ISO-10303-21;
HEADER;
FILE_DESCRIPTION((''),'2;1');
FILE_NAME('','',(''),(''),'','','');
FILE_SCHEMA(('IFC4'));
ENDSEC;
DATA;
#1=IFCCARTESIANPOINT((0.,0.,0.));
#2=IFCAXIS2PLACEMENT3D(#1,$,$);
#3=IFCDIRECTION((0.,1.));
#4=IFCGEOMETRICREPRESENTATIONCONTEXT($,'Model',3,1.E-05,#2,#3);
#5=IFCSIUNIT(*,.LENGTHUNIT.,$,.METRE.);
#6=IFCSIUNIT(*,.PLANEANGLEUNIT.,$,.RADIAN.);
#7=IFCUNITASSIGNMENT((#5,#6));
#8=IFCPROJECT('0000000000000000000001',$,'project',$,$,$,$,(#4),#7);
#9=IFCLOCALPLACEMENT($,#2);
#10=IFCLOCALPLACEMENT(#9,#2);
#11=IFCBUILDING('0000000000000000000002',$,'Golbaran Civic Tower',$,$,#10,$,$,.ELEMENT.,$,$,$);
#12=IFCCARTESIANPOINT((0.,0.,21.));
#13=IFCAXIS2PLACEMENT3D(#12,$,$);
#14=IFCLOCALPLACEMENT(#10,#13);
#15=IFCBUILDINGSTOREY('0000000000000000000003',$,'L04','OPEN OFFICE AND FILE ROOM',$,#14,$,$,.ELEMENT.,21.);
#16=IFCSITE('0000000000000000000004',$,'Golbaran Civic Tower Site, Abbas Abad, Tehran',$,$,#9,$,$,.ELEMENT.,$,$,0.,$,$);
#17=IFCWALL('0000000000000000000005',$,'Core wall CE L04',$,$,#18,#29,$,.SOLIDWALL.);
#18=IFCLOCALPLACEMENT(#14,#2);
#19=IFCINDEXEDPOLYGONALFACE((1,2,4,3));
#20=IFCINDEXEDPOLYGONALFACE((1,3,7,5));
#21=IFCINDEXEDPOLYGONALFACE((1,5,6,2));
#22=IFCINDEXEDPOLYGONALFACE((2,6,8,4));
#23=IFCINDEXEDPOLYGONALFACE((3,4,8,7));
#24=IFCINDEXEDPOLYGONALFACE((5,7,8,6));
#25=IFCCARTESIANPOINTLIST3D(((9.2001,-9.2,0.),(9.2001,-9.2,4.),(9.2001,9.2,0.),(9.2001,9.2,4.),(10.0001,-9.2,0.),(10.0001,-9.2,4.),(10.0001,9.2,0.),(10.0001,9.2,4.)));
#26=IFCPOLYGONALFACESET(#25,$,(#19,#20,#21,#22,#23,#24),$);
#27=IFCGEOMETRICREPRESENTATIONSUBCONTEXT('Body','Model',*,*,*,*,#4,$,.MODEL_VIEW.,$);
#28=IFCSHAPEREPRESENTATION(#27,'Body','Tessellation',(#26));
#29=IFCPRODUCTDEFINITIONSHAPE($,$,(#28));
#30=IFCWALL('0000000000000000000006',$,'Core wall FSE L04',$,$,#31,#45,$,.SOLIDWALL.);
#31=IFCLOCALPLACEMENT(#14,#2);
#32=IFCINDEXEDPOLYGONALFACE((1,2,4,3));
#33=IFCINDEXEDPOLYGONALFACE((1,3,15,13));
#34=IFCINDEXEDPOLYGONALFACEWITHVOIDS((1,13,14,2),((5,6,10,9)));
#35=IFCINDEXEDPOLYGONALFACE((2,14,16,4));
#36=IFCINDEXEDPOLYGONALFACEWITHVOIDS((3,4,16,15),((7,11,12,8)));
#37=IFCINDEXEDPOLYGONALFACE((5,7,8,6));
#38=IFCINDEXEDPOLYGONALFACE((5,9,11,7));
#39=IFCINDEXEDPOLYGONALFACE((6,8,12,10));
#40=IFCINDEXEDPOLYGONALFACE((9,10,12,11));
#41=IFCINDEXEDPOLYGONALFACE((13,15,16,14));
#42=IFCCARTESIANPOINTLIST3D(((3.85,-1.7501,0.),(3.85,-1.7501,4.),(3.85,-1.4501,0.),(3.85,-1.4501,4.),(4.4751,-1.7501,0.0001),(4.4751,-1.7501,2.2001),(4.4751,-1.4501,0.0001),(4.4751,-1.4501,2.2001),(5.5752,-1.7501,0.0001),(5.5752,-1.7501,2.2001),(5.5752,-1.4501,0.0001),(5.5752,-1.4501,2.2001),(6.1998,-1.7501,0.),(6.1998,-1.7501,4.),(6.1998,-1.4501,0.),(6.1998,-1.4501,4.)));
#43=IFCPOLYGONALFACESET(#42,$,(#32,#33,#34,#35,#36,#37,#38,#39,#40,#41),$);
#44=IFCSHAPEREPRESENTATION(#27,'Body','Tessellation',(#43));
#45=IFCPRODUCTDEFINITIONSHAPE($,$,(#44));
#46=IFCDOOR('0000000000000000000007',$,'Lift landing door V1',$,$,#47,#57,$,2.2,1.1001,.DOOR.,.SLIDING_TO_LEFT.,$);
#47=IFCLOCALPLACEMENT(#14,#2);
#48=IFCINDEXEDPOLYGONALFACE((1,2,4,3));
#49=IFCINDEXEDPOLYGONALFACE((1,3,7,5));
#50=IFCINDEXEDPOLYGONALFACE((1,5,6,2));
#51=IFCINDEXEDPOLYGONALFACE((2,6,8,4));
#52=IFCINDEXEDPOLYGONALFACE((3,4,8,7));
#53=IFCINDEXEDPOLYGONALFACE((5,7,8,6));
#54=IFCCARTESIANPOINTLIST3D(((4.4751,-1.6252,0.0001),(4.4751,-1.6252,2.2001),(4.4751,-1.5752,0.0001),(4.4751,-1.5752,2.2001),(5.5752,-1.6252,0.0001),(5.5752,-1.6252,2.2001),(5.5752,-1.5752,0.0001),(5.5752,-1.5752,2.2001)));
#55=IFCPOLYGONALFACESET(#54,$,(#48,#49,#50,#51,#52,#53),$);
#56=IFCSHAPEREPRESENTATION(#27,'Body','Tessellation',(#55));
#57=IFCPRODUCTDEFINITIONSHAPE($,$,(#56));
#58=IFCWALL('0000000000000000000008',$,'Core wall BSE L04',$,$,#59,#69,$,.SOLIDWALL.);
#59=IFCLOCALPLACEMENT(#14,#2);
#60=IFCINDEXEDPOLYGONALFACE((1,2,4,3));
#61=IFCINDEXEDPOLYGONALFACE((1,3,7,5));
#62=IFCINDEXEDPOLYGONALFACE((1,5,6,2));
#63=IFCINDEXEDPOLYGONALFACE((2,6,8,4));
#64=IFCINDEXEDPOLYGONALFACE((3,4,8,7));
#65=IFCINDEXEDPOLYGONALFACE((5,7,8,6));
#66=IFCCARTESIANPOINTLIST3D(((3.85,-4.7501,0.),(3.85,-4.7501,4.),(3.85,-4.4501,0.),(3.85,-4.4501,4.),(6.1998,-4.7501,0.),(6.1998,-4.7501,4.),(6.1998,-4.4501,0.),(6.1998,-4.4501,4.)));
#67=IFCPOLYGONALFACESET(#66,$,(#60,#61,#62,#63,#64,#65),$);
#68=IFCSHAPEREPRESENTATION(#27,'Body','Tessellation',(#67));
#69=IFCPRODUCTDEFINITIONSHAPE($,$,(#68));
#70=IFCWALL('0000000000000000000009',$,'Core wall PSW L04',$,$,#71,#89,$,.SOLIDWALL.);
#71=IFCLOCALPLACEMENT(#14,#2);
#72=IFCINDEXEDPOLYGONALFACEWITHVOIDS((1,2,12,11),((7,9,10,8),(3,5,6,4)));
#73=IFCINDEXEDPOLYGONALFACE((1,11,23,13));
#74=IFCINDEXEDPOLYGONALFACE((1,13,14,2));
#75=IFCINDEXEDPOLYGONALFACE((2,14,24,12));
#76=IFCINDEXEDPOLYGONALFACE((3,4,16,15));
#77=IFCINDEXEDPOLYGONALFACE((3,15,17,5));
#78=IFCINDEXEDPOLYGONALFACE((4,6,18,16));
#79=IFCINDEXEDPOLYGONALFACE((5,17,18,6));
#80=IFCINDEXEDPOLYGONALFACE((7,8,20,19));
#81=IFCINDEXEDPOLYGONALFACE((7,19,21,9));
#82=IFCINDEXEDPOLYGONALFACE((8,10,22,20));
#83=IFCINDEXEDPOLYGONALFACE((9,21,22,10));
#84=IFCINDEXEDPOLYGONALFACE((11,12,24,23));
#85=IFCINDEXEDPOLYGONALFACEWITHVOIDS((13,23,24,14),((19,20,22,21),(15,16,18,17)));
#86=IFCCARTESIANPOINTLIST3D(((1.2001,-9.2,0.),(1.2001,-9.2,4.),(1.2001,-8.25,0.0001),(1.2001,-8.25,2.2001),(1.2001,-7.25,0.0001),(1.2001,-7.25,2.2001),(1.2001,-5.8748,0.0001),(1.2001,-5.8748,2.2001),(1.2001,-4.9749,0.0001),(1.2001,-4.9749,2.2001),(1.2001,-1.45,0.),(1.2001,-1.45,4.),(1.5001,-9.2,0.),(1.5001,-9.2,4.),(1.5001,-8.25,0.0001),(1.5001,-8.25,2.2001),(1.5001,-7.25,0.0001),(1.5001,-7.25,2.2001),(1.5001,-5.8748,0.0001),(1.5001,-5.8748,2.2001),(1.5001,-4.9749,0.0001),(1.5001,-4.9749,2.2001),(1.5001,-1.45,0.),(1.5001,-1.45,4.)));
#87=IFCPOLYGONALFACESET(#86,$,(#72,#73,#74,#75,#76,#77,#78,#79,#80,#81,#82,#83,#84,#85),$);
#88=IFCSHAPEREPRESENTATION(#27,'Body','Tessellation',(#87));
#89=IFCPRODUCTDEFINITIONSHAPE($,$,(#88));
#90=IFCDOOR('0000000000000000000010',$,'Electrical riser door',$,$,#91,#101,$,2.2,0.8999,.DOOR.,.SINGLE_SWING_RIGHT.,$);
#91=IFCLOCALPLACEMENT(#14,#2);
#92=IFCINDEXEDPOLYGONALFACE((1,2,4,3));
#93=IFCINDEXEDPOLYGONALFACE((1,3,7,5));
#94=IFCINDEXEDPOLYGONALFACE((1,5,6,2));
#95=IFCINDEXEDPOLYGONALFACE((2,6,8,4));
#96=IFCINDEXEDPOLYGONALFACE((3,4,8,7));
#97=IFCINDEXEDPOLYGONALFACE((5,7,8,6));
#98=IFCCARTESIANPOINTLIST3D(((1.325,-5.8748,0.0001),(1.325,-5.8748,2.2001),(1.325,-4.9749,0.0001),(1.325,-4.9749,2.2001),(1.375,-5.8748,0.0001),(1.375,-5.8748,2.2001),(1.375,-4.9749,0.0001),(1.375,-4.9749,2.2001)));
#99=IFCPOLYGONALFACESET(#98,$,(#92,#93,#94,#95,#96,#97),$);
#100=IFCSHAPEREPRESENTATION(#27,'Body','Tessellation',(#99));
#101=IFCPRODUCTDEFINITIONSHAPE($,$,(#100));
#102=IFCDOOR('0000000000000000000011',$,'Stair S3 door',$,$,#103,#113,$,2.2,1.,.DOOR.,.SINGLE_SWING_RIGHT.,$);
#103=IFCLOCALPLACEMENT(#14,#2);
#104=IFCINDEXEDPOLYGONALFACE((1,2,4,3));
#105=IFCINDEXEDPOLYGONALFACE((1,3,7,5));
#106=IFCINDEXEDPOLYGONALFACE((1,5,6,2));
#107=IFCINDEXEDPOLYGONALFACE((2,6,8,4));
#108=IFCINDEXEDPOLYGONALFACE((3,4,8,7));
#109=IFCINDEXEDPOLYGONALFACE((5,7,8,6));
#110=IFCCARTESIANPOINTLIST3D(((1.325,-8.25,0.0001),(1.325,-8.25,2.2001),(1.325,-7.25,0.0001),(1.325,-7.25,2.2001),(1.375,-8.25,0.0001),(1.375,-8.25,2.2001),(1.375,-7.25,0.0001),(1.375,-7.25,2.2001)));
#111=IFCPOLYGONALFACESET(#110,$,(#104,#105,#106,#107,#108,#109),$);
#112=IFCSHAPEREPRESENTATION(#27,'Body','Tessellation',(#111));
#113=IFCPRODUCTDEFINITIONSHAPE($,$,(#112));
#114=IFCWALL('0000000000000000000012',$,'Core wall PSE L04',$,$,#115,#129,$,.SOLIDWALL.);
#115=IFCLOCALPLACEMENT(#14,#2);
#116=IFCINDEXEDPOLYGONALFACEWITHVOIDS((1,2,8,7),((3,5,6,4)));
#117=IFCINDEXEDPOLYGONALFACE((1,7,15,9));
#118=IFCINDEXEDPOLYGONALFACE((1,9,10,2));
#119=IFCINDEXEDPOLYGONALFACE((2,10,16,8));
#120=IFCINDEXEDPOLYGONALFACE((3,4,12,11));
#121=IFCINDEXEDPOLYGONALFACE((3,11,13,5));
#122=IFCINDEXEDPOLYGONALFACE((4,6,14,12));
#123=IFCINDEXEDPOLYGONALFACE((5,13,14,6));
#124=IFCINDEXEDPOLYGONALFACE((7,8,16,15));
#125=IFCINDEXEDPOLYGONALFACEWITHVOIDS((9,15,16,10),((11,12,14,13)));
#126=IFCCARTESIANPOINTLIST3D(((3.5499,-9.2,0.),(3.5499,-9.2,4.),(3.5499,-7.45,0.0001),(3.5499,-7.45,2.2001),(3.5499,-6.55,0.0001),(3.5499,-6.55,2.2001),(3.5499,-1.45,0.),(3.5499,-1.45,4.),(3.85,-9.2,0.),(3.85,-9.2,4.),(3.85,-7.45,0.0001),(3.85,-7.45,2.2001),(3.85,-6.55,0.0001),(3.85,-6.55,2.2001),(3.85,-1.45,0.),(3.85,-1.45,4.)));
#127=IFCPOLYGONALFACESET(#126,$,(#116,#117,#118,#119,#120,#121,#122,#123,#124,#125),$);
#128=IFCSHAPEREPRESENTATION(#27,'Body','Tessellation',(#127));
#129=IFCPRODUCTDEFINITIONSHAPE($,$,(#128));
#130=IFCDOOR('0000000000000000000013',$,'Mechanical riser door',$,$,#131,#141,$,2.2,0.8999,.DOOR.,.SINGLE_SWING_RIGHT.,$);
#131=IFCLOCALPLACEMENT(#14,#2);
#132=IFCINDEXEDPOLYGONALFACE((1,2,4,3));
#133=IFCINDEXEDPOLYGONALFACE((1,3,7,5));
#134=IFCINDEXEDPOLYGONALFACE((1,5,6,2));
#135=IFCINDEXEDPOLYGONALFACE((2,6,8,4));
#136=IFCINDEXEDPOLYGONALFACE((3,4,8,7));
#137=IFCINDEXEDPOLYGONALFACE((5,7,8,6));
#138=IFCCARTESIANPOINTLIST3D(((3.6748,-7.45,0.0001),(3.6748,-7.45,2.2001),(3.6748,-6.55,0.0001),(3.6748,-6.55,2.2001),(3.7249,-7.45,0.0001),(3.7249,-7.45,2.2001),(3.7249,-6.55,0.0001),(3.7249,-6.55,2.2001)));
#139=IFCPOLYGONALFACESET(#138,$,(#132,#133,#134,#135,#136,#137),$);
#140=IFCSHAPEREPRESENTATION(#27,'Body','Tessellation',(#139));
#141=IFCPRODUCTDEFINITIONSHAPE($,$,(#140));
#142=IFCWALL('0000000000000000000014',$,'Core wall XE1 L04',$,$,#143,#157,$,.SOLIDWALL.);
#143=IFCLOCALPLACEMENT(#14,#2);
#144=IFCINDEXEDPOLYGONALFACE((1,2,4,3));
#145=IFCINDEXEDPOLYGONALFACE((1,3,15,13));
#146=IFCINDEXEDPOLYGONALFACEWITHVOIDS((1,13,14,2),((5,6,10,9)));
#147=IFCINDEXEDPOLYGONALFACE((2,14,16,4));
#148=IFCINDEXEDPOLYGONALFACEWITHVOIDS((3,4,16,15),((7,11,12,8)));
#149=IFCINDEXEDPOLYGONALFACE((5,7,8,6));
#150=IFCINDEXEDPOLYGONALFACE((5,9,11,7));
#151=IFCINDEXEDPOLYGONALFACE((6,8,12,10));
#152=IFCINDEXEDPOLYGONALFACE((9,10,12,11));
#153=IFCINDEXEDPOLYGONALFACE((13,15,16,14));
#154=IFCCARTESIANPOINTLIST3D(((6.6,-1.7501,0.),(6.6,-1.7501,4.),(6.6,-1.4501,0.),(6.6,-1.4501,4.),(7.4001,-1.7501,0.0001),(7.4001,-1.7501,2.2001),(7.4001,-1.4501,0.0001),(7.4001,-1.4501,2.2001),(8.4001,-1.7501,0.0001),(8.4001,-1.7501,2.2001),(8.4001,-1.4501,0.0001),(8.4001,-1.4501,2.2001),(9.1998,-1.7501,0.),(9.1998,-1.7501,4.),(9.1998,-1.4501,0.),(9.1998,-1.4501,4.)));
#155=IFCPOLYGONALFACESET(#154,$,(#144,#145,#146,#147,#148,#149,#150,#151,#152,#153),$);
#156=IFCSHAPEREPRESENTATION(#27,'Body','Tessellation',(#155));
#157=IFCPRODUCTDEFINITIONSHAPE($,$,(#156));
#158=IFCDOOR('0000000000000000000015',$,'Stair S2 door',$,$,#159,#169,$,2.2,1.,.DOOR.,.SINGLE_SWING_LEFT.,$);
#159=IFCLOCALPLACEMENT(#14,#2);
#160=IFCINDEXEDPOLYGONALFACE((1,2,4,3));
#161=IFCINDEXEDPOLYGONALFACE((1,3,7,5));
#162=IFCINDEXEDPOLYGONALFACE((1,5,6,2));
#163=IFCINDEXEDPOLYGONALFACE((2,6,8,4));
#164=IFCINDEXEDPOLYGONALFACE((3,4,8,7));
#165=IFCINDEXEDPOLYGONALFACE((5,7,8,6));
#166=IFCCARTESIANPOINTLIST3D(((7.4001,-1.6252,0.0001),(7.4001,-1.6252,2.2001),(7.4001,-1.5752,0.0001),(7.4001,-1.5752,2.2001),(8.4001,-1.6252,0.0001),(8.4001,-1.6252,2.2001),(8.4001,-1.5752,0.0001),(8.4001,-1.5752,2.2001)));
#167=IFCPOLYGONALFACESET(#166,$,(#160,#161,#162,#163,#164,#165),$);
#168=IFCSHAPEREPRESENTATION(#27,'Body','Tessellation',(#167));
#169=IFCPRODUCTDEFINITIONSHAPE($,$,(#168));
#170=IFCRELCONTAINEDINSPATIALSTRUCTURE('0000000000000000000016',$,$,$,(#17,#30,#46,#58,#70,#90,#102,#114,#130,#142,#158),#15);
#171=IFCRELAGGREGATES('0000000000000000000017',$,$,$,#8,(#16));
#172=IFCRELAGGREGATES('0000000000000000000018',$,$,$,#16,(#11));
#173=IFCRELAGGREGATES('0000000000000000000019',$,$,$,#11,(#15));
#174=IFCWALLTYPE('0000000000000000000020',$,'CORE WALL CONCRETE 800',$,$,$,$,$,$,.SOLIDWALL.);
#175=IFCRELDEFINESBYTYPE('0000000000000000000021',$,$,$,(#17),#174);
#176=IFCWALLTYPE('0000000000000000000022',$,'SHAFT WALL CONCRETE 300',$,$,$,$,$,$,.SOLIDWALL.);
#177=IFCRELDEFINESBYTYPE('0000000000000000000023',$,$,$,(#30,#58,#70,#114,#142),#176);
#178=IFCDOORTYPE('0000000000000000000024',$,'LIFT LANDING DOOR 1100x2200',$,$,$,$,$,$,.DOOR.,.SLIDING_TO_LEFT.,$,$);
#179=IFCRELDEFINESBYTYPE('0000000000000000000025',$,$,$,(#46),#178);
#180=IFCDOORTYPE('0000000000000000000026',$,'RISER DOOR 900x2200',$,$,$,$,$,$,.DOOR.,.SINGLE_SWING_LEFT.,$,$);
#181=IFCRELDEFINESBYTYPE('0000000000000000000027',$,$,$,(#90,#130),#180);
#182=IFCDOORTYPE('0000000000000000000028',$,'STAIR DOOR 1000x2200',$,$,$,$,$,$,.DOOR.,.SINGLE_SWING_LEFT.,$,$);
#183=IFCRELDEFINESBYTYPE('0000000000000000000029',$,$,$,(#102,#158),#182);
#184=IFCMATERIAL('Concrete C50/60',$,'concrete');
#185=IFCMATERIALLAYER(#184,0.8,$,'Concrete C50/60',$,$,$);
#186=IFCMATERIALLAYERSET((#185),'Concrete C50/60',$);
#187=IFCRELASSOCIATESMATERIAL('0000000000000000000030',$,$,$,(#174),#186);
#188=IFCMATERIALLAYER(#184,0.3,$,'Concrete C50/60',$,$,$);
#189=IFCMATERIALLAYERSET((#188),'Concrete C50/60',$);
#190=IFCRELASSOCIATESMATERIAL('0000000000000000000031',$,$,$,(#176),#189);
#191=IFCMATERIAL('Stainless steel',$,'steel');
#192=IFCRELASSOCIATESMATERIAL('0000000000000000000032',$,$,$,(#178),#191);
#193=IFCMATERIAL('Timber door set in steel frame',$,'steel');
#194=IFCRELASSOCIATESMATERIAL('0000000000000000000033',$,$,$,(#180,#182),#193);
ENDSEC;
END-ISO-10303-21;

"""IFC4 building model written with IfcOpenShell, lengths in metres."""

from ifc_helpers import new_model, si_unit, direction, frame, frame_2d, origin, place, context, subcontext, project, spatial, rectangle, extrude, material, layer, layer_set, type_object, element, fill, save


model = new_model("IFC4")

# Units and contexts
model_context = context("Model", 3, precision=1e-05, world=origin(), true_north=direction((0.0, 1.0)))
body_context = subcontext(model_context, "Body", "Model", "MODEL_VIEW")
ifc_project = project(units=[si_unit("LENGTHUNIT", "METRE"), si_unit("PLANEANGLEUNIT", "RADIAN")], contexts=[model_context])

# Site, building, storey
site_placement = place(None, origin())
site = spatial("IfcSite", under=ifc_project, at=site_placement, Name="Golbaran Civic Tower Site, Abbas Abad, Tehran", CompositionType="ELEMENT", RefElevation=0.0)
building_placement = place(site_placement, origin())
building = spatial("IfcBuilding", under=site, at=building_placement, Name="Golbaran Civic Tower", CompositionType="ELEMENT")
storey_placement = place(building_placement, frame((0.0, 0.0, 21.0)))
storey = spatial("IfcBuildingStorey", under=building, at=storey_placement, Name="L04", Description="OPEN OFFICE AND FILE ROOM", CompositionType="ELEMENT", Elevation=21.0)

# Wall
ifc_material_1 = material(Name="Concrete C50/60", Category="concrete")
ifc_layer_1 = layer(ifc_material_1, 0.8, Name="Concrete C50/60")
ifc_layer_set_1 = layer_set([ifc_layer_1], Name="Concrete C50/60")
wall_type_1 = type_object("IfcWallType", Name="CORE WALL CONCRETE 800", PredefinedType="SOLIDWALL", material=ifc_layer_set_1)
wall_1_placement = place(storey_placement, frame((9.6001, -9.2, 0.0), z_axis=(0.0, 0.0, 1.0), x_axis=(0.0, 1.0, 0.0)))
element("IfcWall", 1, at=wall_1_placement, inside=storey, type_object=wall_type_1, Name="Core wall CE L04", PredefinedType="SOLIDWALL", context=body_context, shape_type="SweptSolid", body=[
    extrude(rectangle(XDim=18.3999, YDim=0.8, at=frame_2d((9.2, 0.0))), origin(), (0.0, 0.0, 1.0), 4.0),
])

# Wall, opening, door
ifc_layer_2 = layer(ifc_material_1, 0.3, Name="Concrete C50/60")
ifc_layer_set_2 = layer_set([ifc_layer_2], Name="Concrete C50/60")
wall_type_2 = type_object("IfcWallType", Name="SHAFT WALL CONCRETE 300", PredefinedType="SOLIDWALL", material=ifc_layer_set_2)
wall_2_placement = place(storey_placement, frame((3.8501, -1.6001, 0.0), z_axis=(0.0, 0.0, 1.0), x_axis=(1.0, 0.0, 0.0)))
wall_2 = element("IfcWall", 2, at=wall_2_placement, inside=storey, type_object=wall_type_2, Name="Core wall FSE L04", PredefinedType="SOLIDWALL", context=body_context, shape_type="SweptSolid", body=[
    extrude(rectangle(XDim=2.3499, YDim=0.3, at=frame_2d((1.1748, 0.0))), origin(), (0.0, 0.0, 1.0), 4.0),
])
opening_1_placement = place(wall_2_placement, frame((0.625, 0.0, 0.0)))
opening_1 = element("IfcOpeningElement", 3, at=opening_1_placement, cuts=wall_2, PredefinedType="OPENING", context=body_context, shape_type="SweptSolid", body=[
    extrude(rectangle(XDim=1.1001, YDim=2.2, at=frame_2d((0.55, 1.1001))), frame((0.0, 0.1599, 0.0), z_axis=(0.0, -1.0, 0.0), x_axis=(1.0, 0.0, 0.0)), (0.0, 0.0, 1.0), 0.3201),
])
ifc_material_2 = material(Name="Stainless steel", Category="steel")
door_type_1 = type_object("IfcDoorType", Name="LIFT LANDING DOOR 1100x2200", OperationType="SLIDING_TO_LEFT", PredefinedType="DOOR", material=ifc_material_2)
door_1_placement = place(opening_1_placement, origin())
door_1 = element("IfcDoor", 4, at=door_1_placement, inside=storey, type_object=door_type_1, Name="Lift landing door V1", OperationType="SLIDING_TO_LEFT", OverallHeight=2.2, OverallWidth=1.1001, PredefinedType="DOOR", context=body_context, shape_type="SweptSolid", body=[
    extrude(rectangle(XDim=1.1001, YDim=2.2, at=frame_2d((0.55, 1.1001))), frame((0.0, 0.0249, 0.0), z_axis=(0.0, -1.0, 0.0), x_axis=(1.0, 0.0, 0.0)), (0.0, 0.0, 1.0), 0.05),
])
fill(opening_1, door_1)

# Wall
wall_3_placement = place(storey_placement, frame((3.8501, -4.6001, 0.0), z_axis=(0.0, 0.0, 1.0), x_axis=(1.0, 0.0, 0.0)))
element("IfcWall", 5, at=wall_3_placement, inside=storey, type_object=wall_type_2, Name="Core wall BSE L04", PredefinedType="SOLIDWALL", context=body_context, shape_type="SweptSolid", body=[
    extrude(rectangle(XDim=2.3499, YDim=0.3, at=frame_2d((1.1748, 0.0))), origin(), (0.0, 0.0, 1.0), 4.0),
])

# Wall, openings, doors
wall_4_placement = place(storey_placement, frame((1.3501, -1.45, 0.0), z_axis=(0.0, 0.0, 1.0), x_axis=(0.0, -1.0, 0.0)))
wall_4 = element("IfcWall", 6, at=wall_4_placement, inside=storey, type_object=wall_type_2, Name="Core wall PSW L04", PredefinedType="SOLIDWALL", context=body_context, shape_type="SweptSolid", body=[
    extrude(rectangle(XDim=7.75, YDim=0.3, at=frame_2d((3.875, 0.0))), origin(), (0.0, 0.0, 1.0), 4.0),
])
opening_2_placement = place(wall_4_placement, frame((5.8, 0.0, 0.0)))
opening_2 = element("IfcOpeningElement", 7, at=opening_2_placement, cuts=wall_4, PredefinedType="OPENING", context=body_context, shape_type="SweptSolid", body=[
    extrude(rectangle(XDim=1.0, YDim=2.2, at=frame_2d((0.5, 1.1001))), frame((0.0, 0.1599, 0.0), z_axis=(0.0, -1.0, 0.0), x_axis=(1.0, 0.0, 0.0)), (0.0, 0.0, 1.0), 0.3201),
])
opening_3_placement = place(wall_4_placement, frame((3.5249, 0.0, 0.0)))
opening_3 = element("IfcOpeningElement", 8, at=opening_3_placement, cuts=wall_4, PredefinedType="OPENING", context=body_context, shape_type="SweptSolid", body=[
    extrude(rectangle(XDim=0.8999, YDim=2.2, at=frame_2d((0.45, 1.1001))), frame((0.0, 0.1599, 0.0), z_axis=(0.0, -1.0, 0.0), x_axis=(1.0, 0.0, 0.0)), (0.0, 0.0, 1.0), 0.3201),
])
ifc_material_3 = material(Name="Timber door set in steel frame", Category="steel")
door_type_2 = type_object("IfcDoorType", Name="RISER DOOR 900x2200", OperationType="SINGLE_SWING_LEFT", PredefinedType="DOOR", material=ifc_material_3)
door_2_placement = place(opening_3_placement, origin())
door_2 = element("IfcDoor", 9, at=door_2_placement, inside=storey, type_object=door_type_2, Name="Electrical riser door", OperationType="SINGLE_SWING_RIGHT", OverallHeight=2.2, OverallWidth=0.8999, PredefinedType="DOOR", context=body_context, shape_type="SweptSolid", body=[
    extrude(rectangle(XDim=0.8999, YDim=2.2, at=frame_2d((0.45, 1.1001))), frame((0.0, 0.0249, 0.0), z_axis=(0.0, -1.0, 0.0), x_axis=(1.0, 0.0, 0.0)), (0.0, 0.0, 1.0), 0.05),
])
fill(opening_3, door_2)
door_type_3 = type_object("IfcDoorType", Name="STAIR DOOR 1000x2200", OperationType="SINGLE_SWING_LEFT", PredefinedType="DOOR", material=ifc_material_3)
door_3_placement = place(opening_2_placement, origin())
door_3 = element("IfcDoor", 10, at=door_3_placement, inside=storey, type_object=door_type_3, Name="Stair S3 door", OperationType="SINGLE_SWING_RIGHT", OverallHeight=2.2, OverallWidth=1.0, PredefinedType="DOOR", context=body_context, shape_type="SweptSolid", body=[
    extrude(rectangle(XDim=1.0, YDim=2.2, at=frame_2d((0.5, 1.1001))), frame((0.0, 0.0249, 0.0), z_axis=(0.0, -1.0, 0.0), x_axis=(1.0, 0.0, 0.0)), (0.0, 0.0, 1.0), 0.05),
])
fill(opening_2, door_3)

# Walls, openings, doors
wall_5_placement = place(storey_placement, frame((3.7, -1.45, 0.0), z_axis=(0.0, 0.0, 1.0), x_axis=(0.0, -1.0, 0.0)))
wall_5 = element("IfcWall", 11, at=wall_5_placement, inside=storey, type_object=wall_type_2, Name="Core wall PSE L04", PredefinedType="SOLIDWALL", context=body_context, shape_type="SweptSolid", body=[
    extrude(rectangle(XDim=7.75, YDim=0.3, at=frame_2d((3.875, 0.0))), origin(), (0.0, 0.0, 1.0), 4.0),
])
opening_4_placement = place(wall_5_placement, frame((5.1001, 0.0, 0.0)))
opening_4 = element("IfcOpeningElement", 12, at=opening_4_placement, cuts=wall_5, PredefinedType="OPENING", context=body_context, shape_type="SweptSolid", body=[
    extrude(rectangle(XDim=0.8999, YDim=2.2, at=frame_2d((0.45, 1.1001))), frame((0.0, 0.1599, 0.0), z_axis=(0.0, -1.0, 0.0), x_axis=(1.0, 0.0, 0.0)), (0.0, 0.0, 1.0), 0.3201),
])
door_4_placement = place(opening_4_placement, origin())
door_4 = element("IfcDoor", 13, at=door_4_placement, inside=storey, type_object=door_type_2, Name="Mechanical riser door", OperationType="SINGLE_SWING_RIGHT", OverallHeight=2.2, OverallWidth=0.8999, PredefinedType="DOOR", context=body_context, shape_type="SweptSolid", body=[
    extrude(rectangle(XDim=0.8999, YDim=2.2, at=frame_2d((0.45, 1.1001))), frame((0.0, 0.0249, 0.0), z_axis=(0.0, -1.0, 0.0), x_axis=(1.0, 0.0, 0.0)), (0.0, 0.0, 1.0), 0.05),
])
fill(opening_4, door_4)
wall_6_placement = place(storey_placement, frame((6.6001, -1.6001, 0.0), z_axis=(0.0, 0.0, 1.0), x_axis=(1.0, 0.0, 0.0)))
wall_6 = element("IfcWall", 14, at=wall_6_placement, inside=storey, type_object=wall_type_2, Name="Core wall XE1 L04", PredefinedType="SOLIDWALL", context=body_context, shape_type="SweptSolid", body=[
    extrude(rectangle(XDim=2.5999, YDim=0.3, at=frame_2d((1.2998, 0.0))), origin(), (0.0, 0.0, 1.0), 4.0),
])
opening_5_placement = place(wall_6_placement, frame((0.8, 0.0, 0.0)))
opening_5 = element("IfcOpeningElement", 15, at=opening_5_placement, cuts=wall_6, PredefinedType="OPENING", context=body_context, shape_type="SweptSolid", body=[
    extrude(rectangle(XDim=1.0, YDim=2.2, at=frame_2d((0.5, 1.1001))), frame((0.0, 0.1599, 0.0), z_axis=(0.0, -1.0, 0.0), x_axis=(1.0, 0.0, 0.0)), (0.0, 0.0, 1.0), 0.3201),
])
door_5_placement = place(opening_5_placement, origin())
door_5 = element("IfcDoor", 16, at=door_5_placement, inside=storey, type_object=door_type_3, Name="Stair S2 door", OperationType="SINGLE_SWING_LEFT", OverallHeight=2.2, OverallWidth=1.0, PredefinedType="DOOR", context=body_context, shape_type="SweptSolid", body=[
    extrude(rectangle(XDim=1.0, YDim=2.2, at=frame_2d((0.5, 1.1001))), frame((0.0, 0.0249, 0.0), z_axis=(0.0, -1.0, 0.0), x_axis=(1.0, 0.0, 0.0)), (0.0, 0.0, 1.0), 0.05),
])
fill(opening_5, door_5)

save(model, "model.ifc")
